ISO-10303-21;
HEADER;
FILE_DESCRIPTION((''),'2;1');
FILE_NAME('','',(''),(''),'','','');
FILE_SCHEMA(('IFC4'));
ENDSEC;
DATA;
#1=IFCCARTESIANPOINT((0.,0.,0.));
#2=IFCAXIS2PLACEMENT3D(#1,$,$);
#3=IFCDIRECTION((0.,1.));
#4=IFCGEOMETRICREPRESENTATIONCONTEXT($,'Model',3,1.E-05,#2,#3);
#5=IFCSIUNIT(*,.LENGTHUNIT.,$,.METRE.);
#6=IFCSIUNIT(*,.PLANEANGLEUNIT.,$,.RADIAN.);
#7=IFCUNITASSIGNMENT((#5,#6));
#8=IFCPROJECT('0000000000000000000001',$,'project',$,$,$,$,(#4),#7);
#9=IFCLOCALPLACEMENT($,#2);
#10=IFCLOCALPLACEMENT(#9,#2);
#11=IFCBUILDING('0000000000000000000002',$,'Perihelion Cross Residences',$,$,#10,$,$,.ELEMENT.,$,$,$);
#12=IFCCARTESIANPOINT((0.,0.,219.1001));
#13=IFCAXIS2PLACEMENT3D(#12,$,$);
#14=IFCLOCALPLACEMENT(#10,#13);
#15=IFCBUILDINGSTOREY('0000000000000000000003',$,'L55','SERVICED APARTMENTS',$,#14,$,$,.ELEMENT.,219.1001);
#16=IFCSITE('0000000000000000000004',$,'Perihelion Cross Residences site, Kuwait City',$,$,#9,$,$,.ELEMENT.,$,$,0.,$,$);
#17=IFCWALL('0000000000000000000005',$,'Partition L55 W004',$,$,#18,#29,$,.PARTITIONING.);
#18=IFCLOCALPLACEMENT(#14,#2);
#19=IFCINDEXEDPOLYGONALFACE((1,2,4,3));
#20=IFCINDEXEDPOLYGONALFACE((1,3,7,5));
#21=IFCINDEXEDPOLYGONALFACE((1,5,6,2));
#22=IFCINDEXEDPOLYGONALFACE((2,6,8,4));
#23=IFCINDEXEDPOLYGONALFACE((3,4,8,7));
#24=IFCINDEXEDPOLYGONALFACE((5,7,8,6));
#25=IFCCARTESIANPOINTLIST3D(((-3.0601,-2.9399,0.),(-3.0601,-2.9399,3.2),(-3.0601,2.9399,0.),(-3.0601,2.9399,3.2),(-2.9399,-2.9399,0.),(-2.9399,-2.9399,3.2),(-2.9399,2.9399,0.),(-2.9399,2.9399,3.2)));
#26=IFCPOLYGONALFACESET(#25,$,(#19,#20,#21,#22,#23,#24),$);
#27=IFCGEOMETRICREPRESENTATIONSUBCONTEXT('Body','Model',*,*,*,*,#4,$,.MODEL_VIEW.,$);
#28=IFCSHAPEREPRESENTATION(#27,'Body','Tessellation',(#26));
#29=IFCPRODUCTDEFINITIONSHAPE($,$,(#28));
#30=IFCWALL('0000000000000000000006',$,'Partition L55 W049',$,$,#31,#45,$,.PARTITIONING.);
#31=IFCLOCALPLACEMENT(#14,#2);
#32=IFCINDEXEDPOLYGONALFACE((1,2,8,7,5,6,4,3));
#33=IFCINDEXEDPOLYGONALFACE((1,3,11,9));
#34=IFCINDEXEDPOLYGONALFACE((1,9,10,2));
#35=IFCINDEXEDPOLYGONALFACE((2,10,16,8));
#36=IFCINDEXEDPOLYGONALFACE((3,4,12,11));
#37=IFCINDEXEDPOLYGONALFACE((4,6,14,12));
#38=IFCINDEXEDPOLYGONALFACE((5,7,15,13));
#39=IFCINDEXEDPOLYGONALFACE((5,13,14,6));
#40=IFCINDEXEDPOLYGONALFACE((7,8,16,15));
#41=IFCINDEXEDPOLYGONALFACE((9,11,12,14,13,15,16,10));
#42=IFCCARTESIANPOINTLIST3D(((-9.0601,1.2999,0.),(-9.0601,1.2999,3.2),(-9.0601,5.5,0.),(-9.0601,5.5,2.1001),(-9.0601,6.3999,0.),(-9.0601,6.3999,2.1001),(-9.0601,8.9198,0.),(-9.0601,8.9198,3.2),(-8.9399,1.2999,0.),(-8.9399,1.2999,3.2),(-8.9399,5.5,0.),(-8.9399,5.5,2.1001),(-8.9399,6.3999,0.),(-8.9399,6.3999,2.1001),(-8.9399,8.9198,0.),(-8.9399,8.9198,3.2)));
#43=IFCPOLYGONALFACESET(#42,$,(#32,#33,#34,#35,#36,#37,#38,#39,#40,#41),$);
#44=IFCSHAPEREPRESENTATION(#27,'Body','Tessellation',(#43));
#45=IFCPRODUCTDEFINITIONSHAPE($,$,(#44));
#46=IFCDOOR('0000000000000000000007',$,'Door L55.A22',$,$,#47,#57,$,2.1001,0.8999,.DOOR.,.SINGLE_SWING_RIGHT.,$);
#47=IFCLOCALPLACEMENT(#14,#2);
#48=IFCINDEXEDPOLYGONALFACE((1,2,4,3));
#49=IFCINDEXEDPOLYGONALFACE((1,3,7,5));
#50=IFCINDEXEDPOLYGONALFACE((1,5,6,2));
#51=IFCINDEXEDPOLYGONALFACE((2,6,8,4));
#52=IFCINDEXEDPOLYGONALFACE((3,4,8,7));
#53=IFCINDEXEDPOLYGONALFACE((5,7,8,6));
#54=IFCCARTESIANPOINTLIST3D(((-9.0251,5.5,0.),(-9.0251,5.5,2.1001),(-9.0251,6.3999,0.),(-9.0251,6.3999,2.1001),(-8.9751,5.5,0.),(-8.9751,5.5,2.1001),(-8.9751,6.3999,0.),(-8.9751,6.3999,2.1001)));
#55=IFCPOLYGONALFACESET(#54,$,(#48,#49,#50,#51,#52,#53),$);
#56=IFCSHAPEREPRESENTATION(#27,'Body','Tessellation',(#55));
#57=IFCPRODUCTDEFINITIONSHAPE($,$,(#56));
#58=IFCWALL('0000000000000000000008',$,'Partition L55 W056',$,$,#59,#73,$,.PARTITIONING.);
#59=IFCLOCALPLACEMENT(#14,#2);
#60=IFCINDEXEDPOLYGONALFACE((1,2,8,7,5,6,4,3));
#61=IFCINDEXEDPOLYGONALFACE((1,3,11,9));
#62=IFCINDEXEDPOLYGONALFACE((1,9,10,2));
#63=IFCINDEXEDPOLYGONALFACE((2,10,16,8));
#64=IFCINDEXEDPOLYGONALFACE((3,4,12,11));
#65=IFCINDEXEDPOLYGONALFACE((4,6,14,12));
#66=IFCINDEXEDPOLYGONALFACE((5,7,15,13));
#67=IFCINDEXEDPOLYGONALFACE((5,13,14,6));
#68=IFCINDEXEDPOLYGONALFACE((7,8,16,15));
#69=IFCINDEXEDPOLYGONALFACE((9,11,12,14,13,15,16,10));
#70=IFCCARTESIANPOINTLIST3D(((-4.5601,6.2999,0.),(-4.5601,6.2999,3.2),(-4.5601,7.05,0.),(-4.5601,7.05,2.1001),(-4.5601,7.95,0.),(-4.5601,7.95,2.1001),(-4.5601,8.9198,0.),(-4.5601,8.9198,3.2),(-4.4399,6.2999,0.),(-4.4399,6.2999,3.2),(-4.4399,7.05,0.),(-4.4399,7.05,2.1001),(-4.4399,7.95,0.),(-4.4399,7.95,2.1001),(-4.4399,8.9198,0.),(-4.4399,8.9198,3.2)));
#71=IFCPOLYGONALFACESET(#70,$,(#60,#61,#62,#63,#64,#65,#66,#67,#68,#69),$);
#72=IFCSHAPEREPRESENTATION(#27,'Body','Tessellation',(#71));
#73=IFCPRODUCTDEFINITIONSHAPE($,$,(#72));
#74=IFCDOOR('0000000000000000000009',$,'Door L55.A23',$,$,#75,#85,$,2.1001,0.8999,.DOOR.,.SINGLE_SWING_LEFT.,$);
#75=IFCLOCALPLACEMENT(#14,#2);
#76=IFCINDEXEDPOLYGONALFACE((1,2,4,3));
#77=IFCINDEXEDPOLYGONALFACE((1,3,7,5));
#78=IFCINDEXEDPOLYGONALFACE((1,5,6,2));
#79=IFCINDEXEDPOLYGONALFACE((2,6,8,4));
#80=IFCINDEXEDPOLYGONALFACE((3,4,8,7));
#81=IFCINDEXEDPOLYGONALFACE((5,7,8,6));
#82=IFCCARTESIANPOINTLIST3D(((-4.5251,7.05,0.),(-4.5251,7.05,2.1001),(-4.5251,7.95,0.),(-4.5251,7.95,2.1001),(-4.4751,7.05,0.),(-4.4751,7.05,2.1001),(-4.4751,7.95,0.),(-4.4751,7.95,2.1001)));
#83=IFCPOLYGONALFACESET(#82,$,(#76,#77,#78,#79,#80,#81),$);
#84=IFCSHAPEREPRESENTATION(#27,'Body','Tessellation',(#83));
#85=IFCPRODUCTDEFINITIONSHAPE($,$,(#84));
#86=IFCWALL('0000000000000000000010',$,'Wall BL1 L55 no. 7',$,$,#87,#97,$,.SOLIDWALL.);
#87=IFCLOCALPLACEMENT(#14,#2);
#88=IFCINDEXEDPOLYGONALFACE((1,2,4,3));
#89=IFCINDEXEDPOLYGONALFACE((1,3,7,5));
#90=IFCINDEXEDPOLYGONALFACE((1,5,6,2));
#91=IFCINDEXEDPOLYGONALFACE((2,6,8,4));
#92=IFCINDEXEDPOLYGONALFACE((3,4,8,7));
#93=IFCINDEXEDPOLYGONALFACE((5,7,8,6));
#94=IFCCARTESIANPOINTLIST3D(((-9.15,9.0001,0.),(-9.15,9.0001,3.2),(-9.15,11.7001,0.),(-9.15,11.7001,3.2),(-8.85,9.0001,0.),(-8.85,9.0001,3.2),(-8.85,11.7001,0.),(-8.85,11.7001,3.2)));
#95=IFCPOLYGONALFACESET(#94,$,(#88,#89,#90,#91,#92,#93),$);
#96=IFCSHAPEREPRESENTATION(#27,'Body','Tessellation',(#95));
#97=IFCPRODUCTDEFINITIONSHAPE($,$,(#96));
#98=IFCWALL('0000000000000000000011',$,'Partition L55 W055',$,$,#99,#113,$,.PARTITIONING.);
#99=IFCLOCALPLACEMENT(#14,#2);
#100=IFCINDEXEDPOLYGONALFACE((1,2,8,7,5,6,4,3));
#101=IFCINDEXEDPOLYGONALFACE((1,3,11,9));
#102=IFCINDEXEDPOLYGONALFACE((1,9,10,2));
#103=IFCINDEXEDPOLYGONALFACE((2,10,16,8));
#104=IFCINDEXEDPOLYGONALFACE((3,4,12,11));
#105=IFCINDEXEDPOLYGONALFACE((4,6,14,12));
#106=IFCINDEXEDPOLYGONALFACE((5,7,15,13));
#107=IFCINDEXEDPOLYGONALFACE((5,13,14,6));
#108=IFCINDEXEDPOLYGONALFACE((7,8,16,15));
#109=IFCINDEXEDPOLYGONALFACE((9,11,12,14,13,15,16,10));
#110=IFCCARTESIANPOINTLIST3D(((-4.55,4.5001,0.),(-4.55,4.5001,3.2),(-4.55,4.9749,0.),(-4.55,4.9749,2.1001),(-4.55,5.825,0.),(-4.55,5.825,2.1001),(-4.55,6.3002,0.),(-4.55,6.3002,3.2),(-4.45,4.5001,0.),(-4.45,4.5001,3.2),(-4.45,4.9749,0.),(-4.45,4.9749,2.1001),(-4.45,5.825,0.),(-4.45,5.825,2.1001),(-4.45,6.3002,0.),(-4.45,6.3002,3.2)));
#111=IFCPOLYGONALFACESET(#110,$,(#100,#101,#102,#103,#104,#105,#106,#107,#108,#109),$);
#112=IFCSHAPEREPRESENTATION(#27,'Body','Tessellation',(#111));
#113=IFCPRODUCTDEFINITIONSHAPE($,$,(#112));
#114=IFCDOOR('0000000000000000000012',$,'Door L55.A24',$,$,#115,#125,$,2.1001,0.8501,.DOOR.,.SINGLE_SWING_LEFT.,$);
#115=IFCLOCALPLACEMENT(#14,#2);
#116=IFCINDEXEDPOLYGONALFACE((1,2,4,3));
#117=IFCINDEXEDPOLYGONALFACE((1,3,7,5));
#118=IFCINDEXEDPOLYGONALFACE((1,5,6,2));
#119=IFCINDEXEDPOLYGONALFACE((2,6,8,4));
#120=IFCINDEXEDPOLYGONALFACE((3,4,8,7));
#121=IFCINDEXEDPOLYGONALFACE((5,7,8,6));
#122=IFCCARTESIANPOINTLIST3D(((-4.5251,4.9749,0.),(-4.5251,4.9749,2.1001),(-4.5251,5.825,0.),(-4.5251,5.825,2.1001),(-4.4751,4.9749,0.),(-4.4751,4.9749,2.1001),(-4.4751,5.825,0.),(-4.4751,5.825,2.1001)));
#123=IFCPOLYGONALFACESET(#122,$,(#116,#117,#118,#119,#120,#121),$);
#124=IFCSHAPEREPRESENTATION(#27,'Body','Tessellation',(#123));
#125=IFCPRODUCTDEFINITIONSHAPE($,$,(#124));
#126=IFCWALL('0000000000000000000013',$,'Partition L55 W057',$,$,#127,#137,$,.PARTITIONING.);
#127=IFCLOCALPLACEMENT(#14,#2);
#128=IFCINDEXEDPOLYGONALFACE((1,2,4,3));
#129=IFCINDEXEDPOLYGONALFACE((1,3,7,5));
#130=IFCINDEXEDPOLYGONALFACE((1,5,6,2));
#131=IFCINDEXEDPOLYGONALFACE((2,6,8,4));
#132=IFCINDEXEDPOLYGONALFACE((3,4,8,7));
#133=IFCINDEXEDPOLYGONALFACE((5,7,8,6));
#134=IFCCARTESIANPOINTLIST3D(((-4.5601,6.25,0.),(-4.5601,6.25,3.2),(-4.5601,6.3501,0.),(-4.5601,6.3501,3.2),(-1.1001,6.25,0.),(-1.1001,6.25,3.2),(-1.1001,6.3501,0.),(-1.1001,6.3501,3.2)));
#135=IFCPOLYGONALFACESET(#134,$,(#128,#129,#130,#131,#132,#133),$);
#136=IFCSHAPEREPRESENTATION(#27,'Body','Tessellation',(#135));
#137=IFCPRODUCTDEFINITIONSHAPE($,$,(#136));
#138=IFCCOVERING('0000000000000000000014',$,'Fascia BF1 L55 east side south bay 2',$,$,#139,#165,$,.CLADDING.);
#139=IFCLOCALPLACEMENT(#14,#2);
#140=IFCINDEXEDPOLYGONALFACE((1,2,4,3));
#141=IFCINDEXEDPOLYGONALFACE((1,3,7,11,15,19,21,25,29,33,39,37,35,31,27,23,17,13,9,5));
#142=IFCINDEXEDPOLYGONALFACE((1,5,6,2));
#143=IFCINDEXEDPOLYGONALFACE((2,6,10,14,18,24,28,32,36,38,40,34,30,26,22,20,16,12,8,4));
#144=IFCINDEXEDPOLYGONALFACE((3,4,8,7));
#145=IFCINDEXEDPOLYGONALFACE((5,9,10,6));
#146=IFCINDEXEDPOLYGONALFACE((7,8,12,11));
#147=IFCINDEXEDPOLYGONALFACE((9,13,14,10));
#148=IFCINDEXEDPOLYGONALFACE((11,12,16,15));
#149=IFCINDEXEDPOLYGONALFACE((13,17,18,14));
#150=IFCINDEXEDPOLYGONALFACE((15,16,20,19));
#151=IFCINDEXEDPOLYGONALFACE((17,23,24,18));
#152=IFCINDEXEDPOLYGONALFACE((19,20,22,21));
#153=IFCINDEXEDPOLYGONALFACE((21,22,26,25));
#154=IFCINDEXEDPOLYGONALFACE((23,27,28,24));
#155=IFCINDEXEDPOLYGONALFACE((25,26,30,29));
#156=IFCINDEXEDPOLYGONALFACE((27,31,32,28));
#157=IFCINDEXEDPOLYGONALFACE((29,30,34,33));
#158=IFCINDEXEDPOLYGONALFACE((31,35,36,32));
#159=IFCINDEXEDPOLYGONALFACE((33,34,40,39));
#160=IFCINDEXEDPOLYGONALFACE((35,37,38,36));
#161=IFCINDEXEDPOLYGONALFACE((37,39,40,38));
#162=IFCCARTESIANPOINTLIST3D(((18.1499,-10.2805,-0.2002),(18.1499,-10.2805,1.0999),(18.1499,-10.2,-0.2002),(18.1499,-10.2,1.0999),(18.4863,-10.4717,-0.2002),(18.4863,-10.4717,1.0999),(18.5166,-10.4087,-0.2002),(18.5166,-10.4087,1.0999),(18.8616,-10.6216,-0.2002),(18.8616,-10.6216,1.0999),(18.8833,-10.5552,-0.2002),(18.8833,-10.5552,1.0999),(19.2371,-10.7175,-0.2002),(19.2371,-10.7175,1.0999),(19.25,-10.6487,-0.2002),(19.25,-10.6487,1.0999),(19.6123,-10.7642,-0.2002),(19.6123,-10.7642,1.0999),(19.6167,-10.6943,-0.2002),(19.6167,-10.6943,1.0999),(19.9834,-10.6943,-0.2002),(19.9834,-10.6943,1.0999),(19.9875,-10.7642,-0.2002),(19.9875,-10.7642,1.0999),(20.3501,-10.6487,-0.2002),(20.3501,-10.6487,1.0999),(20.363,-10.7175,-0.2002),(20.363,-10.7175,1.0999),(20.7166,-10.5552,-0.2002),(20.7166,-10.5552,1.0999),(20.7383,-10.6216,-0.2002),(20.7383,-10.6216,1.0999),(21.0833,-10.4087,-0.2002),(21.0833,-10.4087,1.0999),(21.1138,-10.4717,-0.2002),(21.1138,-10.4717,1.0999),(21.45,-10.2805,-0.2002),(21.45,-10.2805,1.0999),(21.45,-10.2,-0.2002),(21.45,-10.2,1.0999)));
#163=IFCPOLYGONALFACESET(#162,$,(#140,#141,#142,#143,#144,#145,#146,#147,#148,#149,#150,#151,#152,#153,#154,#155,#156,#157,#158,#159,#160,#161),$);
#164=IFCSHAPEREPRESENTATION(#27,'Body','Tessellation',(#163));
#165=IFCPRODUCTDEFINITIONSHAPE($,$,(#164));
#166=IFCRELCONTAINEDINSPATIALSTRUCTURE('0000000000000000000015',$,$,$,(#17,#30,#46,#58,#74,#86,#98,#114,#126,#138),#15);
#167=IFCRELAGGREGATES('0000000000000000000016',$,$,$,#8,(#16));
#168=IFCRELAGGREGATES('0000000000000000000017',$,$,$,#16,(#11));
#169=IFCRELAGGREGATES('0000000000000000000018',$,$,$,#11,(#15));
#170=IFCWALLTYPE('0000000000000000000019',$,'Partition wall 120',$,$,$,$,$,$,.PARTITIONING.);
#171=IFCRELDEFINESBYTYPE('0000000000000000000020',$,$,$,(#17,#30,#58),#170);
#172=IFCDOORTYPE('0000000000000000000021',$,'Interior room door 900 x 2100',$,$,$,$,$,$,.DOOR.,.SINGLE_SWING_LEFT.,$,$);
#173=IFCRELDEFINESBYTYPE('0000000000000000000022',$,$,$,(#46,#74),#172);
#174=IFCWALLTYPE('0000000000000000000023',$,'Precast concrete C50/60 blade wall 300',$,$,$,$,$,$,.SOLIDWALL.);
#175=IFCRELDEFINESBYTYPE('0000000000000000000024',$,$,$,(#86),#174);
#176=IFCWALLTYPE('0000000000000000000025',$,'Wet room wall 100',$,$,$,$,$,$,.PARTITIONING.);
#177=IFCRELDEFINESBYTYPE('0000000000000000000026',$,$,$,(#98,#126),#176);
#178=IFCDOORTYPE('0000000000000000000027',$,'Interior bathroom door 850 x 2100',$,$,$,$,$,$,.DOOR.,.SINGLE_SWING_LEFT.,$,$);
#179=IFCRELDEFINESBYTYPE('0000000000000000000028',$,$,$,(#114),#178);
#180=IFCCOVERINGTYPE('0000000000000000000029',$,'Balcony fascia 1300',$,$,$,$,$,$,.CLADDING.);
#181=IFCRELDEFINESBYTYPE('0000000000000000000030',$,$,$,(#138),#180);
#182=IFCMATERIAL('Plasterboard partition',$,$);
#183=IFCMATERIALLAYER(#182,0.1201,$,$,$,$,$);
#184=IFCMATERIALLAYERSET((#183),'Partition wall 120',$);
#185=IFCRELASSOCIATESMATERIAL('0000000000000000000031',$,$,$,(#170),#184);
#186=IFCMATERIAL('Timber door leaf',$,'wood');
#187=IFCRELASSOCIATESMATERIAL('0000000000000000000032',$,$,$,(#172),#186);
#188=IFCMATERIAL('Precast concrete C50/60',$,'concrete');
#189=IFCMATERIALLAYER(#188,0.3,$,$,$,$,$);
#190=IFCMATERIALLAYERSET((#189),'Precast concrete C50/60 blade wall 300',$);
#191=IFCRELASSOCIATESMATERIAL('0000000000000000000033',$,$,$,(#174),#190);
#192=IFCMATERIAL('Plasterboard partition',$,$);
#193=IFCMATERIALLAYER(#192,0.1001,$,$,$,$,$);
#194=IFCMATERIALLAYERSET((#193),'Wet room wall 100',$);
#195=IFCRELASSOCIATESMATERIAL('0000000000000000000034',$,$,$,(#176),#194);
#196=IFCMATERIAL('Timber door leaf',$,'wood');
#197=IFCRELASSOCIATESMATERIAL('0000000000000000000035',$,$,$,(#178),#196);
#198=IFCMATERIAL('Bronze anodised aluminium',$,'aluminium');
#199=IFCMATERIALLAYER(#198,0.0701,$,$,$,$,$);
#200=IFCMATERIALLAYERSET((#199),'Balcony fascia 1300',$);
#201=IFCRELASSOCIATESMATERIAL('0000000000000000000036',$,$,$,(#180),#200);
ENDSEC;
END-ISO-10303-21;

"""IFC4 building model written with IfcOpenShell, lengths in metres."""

from ifc_helpers import new_model, si_unit, direction, frame, frame_2d, origin, place, context, subcontext, project, spatial, polyline, rectangle, outline, extrude, material, layer, layer_set, type_object, element, fill, save


model = new_model("IFC4")

# Units and contexts
model_context = context("Model", 3, precision=1e-05, world=origin(), true_north=direction((0.0, 1.0)))
body_context = subcontext(model_context, "Body", "Model", "MODEL_VIEW")
ifc_project = project(units=[si_unit("LENGTHUNIT", "METRE"), si_unit("PLANEANGLEUNIT", "RADIAN")], contexts=[model_context])

# Site, building, storey
site_placement = place(None, origin())
site = spatial("IfcSite", under=ifc_project, at=site_placement, Name="Perihelion Cross Residences site, Kuwait City", CompositionType="ELEMENT", RefElevation=0.0)
building_placement = place(site_placement, origin())
building = spatial("IfcBuilding", under=site, at=building_placement, Name="Perihelion Cross Residences", CompositionType="ELEMENT")
storey_placement = place(building_placement, frame((0.0, 0.0, 219.1001)))
storey = spatial("IfcBuildingStorey", under=building, at=storey_placement, Name="L55", Description="SERVICED APARTMENTS", CompositionType="ELEMENT", Elevation=219.1001)

# Wall
ifc_material_1 = material(Name="Plasterboard partition")
ifc_layer_1 = layer(ifc_material_1, 0.1201)
ifc_layer_set_1 = layer_set([ifc_layer_1], Name="Partition wall 120")
wall_type_1 = type_object("IfcWallType", Name="Partition wall 120", PredefinedType="PARTITIONING", material=ifc_layer_set_1)
wall_1_placement = place(storey_placement, frame((-3.0, 2.9399, 0.0), z_axis=(0.0, 0.0, 1.0), x_axis=(0.0, -1.0, 0.0)))
element("IfcWall", 1, at=wall_1_placement, inside=storey, type_object=wall_type_1, Name="Partition L55 W004", PredefinedType="PARTITIONING", context=body_context, shape_type="SweptSolid", body=[
    extrude(rectangle(XDim=5.8799, YDim=0.1201, at=frame_2d((2.9399, 0.0))), origin(), (0.0, 0.0, 1.0), 3.2),
])

# Walls, openings, doors
wall_2_placement = place(storey_placement, frame((-9.0, 8.9199, 0.0), z_axis=(0.0, 0.0, 1.0), x_axis=(0.0, -1.0, 0.0)))
wall_2 = element("IfcWall", 2, at=wall_2_placement, inside=storey, type_object=wall_type_1, Name="Partition L55 W049", PredefinedType="PARTITIONING", context=body_context, shape_type="SweptSolid", body=[
    extrude(rectangle(XDim=7.6199, YDim=0.1201, at=frame_2d((3.8101, 0.0))), origin(), (0.0, 0.0, 1.0), 3.2),
])
opening_1_placement = place(wall_2_placement, frame((2.52, 0.0, 0.0)))
opening_1 = element("IfcOpeningElement", 3, at=opening_1_placement, cuts=wall_2, PredefinedType="OPENING", context=body_context, shape_type="SweptSolid", body=[
    extrude(rectangle(XDim=0.8999, YDim=2.1001, at=frame_2d((0.45, 1.05))), frame((0.0, 0.0701, 0.0), z_axis=(0.0, -1.0, 0.0), x_axis=(1.0, 0.0, 0.0)), (0.0, 0.0, 1.0), 0.1401),
])
ifc_material_2 = material(Name="Timber door leaf", Category="wood")
door_type_1 = type_object("IfcDoorType", Name="Interior room door 900 x 2100", OperationType="SINGLE_SWING_LEFT", PredefinedType="DOOR", material=ifc_material_2)
door_1_placement = place(opening_1_placement, origin())
door_1 = element("IfcDoor", 4, at=door_1_placement, inside=storey, type_object=door_type_1, Name="Door L55.A22", OperationType="SINGLE_SWING_RIGHT", OverallHeight=2.1001, OverallWidth=0.8999, PredefinedType="DOOR", context=body_context, shape_type="SweptSolid", body=[
    extrude(rectangle(XDim=0.8999, YDim=2.1001, at=frame_2d((0.45, 1.05))), frame((0.0, 0.0249, 0.0), z_axis=(0.0, -1.0, 0.0), x_axis=(1.0, 0.0, 0.0)), (0.0, 0.0, 1.0), 0.05),
])
fill(opening_1, door_1)
wall_3_placement = place(storey_placement, frame((-4.5, 8.9199, 0.0), z_axis=(0.0, 0.0, 1.0), x_axis=(0.0, -1.0, 0.0)))
wall_3 = element("IfcWall", 5, at=wall_3_placement, inside=storey, type_object=wall_type_1, Name="Partition L55 W056", PredefinedType="PARTITIONING", context=body_context, shape_type="SweptSolid", body=[
    extrude(rectangle(XDim=2.6199, YDim=0.1201, at=frame_2d((1.3101, 0.0))), origin(), (0.0, 0.0, 1.0), 3.2),
])
opening_2_placement = place(wall_3_placement, frame((0.97, 0.0, 0.0)))
opening_2 = element("IfcOpeningElement", 6, at=opening_2_placement, cuts=wall_3, PredefinedType="OPENING", context=body_context, shape_type="SweptSolid", body=[
    extrude(rectangle(XDim=0.8999, YDim=2.1001, at=frame_2d((0.45, 1.05))), frame((0.0, 0.0701, 0.0), z_axis=(0.0, -1.0, 0.0), x_axis=(1.0, 0.0, 0.0)), (0.0, 0.0, 1.0), 0.1401),
])
door_2_placement = place(opening_2_placement, origin())
door_2 = element("IfcDoor", 7, at=door_2_placement, inside=storey, type_object=door_type_1, Name="Door L55.A23", OperationType="SINGLE_SWING_LEFT", OverallHeight=2.1001, OverallWidth=0.8999, PredefinedType="DOOR", context=body_context, shape_type="SweptSolid", body=[
    extrude(rectangle(XDim=0.8999, YDim=2.1001, at=frame_2d((0.45, 1.05))), frame((0.0, 0.0249, 0.0), z_axis=(0.0, -1.0, 0.0), x_axis=(1.0, 0.0, 0.0)), (0.0, 0.0, 1.0), 0.05),
])
fill(opening_2, door_2)

# Wall
ifc_material_3 = material(Name="Precast concrete C50/60", Category="concrete")
ifc_layer_2 = layer(ifc_material_3, 0.3)
ifc_layer_set_2 = layer_set([ifc_layer_2], Name="Precast concrete C50/60 blade wall 300")
wall_type_2 = type_object("IfcWallType", Name="Precast concrete C50/60 blade wall 300", PredefinedType="SOLIDWALL", material=ifc_layer_set_2)
wall_4_placement = place(storey_placement, frame((-9.0, 9.0, 0.0), z_axis=(0.0, 0.0, 1.0), x_axis=(0.0, 1.0, 0.0)))
element("IfcWall", 8, at=wall_4_placement, inside=storey, type_object=wall_type_2, Name="Wall BL1 L55 no. 7", PredefinedType="SOLIDWALL", context=body_context, shape_type="SweptSolid", body=[
    extrude(rectangle(XDim=2.7, YDim=0.3, at=frame_2d((1.3501, 0.0))), origin(), (0.0, 0.0, 1.0), 3.2),
])

# Wall, opening, door
ifc_material_4 = material(Name="Plasterboard partition")
ifc_layer_3 = layer(ifc_material_4, 0.1001)
ifc_layer_set_3 = layer_set([ifc_layer_3], Name="Wet room wall 100")
wall_type_3 = type_object("IfcWallType", Name="Wet room wall 100", PredefinedType="PARTITIONING", material=ifc_layer_set_3)
wall_5_placement = place(storey_placement, frame((-4.5, 6.3, 0.0), z_axis=(0.0, 0.0, 1.0), x_axis=(0.0, -1.0, 0.0)))
wall_5 = element("IfcWall", 9, at=wall_5_placement, inside=storey, type_object=wall_type_3, Name="Partition L55 W055", PredefinedType="PARTITIONING", context=body_context, shape_type="SweptSolid", body=[
    extrude(rectangle(XDim=1.8, YDim=0.1001, at=frame_2d((0.8999, 0.0))), origin(), (0.0, 0.0, 1.0), 3.2),
])
opening_3_placement = place(wall_5_placement, frame((0.4751, 0.0, 0.0)))
opening_3 = element("IfcOpeningElement", 10, at=opening_3_placement, cuts=wall_5, PredefinedType="OPENING", context=body_context, shape_type="SweptSolid", body=[
    extrude(rectangle(XDim=0.8501, YDim=2.1001, at=frame_2d((0.425, 1.05))), frame((0.0, 0.0601, 0.0), z_axis=(0.0, -1.0, 0.0), x_axis=(1.0, 0.0, 0.0)), (0.0, 0.0, 1.0), 0.1201),
])
ifc_material_5 = material(Name="Timber door leaf", Category="wood")
door_type_2 = type_object("IfcDoorType", Name="Interior bathroom door 850 x 2100", OperationType="SINGLE_SWING_LEFT", PredefinedType="DOOR", material=ifc_material_5)
door_3_placement = place(opening_3_placement, origin())
door_3 = element("IfcDoor", 11, at=door_3_placement, inside=storey, type_object=door_type_2, Name="Door L55.A24", OperationType="SINGLE_SWING_LEFT", OverallHeight=2.1001, OverallWidth=0.8501, PredefinedType="DOOR", context=body_context, shape_type="SweptSolid", body=[
    extrude(rectangle(XDim=0.8501, YDim=2.1001, at=frame_2d((0.425, 1.05))), frame((0.0, 0.0249, 0.0), z_axis=(0.0, -1.0, 0.0), x_axis=(1.0, 0.0, 0.0)), (0.0, 0.0, 1.0), 0.05),
])
fill(opening_3, door_3)

# Wall
wall_6_placement = place(storey_placement, frame((-4.5601, 6.3, 0.0), z_axis=(0.0, 0.0, 1.0), x_axis=(1.0, 0.0, 0.0)))
element("IfcWall", 12, at=wall_6_placement, inside=storey, type_object=wall_type_3, Name="Partition L55 W057", PredefinedType="PARTITIONING", context=body_context, shape_type="SweptSolid", body=[
    extrude(rectangle(XDim=3.46, YDim=0.1001, at=frame_2d((1.73, 0.0))), origin(), (0.0, 0.0, 1.0), 3.2),
])

# Covering
ifc_material_6 = material(Name="Bronze anodised aluminium", Category="aluminium")
ifc_layer_4 = layer(ifc_material_6, 0.0701)
ifc_layer_set_4 = layer_set([ifc_layer_4], Name="Balcony fascia 1300")
covering_type = type_object("IfcCoveringType", Name="Balcony fascia 1300", PredefinedType="CLADDING", material=ifc_layer_set_4)
covering_placement = place(storey_placement, frame((0.0, 0.0, -0.2002)))
element("IfcCovering", 13, at=covering_placement, inside=storey, type_object=covering_type, Name="Fascia BF1 L55 east side south bay 2", PredefinedType="CLADDING", context=body_context, shape_type="SweptSolid", body=[
    extrude(outline(polyline([(18.4863, -10.4717), (18.8616, -10.6216), (19.2371, -10.7175), (19.6123, -10.7642), (19.9875, -10.7642), (20.363, -10.7175), (20.7383, -10.6216), (21.1138, -10.4717), (21.45, -10.2805), (21.45, -10.2), (21.0833, -10.4087), (20.7166, -10.5552), (20.3501, -10.6487), (19.9834, -10.6943), (19.6167, -10.6943), (19.25, -10.6487), (18.8833, -10.5552), (18.5166, -10.4087), (18.1499, -10.2), (18.1499, -10.2805), (18.4863, -10.4717)])), origin(), (0.0, 0.0, 1.0), 1.3),
])

save(model, "model.ifc")
